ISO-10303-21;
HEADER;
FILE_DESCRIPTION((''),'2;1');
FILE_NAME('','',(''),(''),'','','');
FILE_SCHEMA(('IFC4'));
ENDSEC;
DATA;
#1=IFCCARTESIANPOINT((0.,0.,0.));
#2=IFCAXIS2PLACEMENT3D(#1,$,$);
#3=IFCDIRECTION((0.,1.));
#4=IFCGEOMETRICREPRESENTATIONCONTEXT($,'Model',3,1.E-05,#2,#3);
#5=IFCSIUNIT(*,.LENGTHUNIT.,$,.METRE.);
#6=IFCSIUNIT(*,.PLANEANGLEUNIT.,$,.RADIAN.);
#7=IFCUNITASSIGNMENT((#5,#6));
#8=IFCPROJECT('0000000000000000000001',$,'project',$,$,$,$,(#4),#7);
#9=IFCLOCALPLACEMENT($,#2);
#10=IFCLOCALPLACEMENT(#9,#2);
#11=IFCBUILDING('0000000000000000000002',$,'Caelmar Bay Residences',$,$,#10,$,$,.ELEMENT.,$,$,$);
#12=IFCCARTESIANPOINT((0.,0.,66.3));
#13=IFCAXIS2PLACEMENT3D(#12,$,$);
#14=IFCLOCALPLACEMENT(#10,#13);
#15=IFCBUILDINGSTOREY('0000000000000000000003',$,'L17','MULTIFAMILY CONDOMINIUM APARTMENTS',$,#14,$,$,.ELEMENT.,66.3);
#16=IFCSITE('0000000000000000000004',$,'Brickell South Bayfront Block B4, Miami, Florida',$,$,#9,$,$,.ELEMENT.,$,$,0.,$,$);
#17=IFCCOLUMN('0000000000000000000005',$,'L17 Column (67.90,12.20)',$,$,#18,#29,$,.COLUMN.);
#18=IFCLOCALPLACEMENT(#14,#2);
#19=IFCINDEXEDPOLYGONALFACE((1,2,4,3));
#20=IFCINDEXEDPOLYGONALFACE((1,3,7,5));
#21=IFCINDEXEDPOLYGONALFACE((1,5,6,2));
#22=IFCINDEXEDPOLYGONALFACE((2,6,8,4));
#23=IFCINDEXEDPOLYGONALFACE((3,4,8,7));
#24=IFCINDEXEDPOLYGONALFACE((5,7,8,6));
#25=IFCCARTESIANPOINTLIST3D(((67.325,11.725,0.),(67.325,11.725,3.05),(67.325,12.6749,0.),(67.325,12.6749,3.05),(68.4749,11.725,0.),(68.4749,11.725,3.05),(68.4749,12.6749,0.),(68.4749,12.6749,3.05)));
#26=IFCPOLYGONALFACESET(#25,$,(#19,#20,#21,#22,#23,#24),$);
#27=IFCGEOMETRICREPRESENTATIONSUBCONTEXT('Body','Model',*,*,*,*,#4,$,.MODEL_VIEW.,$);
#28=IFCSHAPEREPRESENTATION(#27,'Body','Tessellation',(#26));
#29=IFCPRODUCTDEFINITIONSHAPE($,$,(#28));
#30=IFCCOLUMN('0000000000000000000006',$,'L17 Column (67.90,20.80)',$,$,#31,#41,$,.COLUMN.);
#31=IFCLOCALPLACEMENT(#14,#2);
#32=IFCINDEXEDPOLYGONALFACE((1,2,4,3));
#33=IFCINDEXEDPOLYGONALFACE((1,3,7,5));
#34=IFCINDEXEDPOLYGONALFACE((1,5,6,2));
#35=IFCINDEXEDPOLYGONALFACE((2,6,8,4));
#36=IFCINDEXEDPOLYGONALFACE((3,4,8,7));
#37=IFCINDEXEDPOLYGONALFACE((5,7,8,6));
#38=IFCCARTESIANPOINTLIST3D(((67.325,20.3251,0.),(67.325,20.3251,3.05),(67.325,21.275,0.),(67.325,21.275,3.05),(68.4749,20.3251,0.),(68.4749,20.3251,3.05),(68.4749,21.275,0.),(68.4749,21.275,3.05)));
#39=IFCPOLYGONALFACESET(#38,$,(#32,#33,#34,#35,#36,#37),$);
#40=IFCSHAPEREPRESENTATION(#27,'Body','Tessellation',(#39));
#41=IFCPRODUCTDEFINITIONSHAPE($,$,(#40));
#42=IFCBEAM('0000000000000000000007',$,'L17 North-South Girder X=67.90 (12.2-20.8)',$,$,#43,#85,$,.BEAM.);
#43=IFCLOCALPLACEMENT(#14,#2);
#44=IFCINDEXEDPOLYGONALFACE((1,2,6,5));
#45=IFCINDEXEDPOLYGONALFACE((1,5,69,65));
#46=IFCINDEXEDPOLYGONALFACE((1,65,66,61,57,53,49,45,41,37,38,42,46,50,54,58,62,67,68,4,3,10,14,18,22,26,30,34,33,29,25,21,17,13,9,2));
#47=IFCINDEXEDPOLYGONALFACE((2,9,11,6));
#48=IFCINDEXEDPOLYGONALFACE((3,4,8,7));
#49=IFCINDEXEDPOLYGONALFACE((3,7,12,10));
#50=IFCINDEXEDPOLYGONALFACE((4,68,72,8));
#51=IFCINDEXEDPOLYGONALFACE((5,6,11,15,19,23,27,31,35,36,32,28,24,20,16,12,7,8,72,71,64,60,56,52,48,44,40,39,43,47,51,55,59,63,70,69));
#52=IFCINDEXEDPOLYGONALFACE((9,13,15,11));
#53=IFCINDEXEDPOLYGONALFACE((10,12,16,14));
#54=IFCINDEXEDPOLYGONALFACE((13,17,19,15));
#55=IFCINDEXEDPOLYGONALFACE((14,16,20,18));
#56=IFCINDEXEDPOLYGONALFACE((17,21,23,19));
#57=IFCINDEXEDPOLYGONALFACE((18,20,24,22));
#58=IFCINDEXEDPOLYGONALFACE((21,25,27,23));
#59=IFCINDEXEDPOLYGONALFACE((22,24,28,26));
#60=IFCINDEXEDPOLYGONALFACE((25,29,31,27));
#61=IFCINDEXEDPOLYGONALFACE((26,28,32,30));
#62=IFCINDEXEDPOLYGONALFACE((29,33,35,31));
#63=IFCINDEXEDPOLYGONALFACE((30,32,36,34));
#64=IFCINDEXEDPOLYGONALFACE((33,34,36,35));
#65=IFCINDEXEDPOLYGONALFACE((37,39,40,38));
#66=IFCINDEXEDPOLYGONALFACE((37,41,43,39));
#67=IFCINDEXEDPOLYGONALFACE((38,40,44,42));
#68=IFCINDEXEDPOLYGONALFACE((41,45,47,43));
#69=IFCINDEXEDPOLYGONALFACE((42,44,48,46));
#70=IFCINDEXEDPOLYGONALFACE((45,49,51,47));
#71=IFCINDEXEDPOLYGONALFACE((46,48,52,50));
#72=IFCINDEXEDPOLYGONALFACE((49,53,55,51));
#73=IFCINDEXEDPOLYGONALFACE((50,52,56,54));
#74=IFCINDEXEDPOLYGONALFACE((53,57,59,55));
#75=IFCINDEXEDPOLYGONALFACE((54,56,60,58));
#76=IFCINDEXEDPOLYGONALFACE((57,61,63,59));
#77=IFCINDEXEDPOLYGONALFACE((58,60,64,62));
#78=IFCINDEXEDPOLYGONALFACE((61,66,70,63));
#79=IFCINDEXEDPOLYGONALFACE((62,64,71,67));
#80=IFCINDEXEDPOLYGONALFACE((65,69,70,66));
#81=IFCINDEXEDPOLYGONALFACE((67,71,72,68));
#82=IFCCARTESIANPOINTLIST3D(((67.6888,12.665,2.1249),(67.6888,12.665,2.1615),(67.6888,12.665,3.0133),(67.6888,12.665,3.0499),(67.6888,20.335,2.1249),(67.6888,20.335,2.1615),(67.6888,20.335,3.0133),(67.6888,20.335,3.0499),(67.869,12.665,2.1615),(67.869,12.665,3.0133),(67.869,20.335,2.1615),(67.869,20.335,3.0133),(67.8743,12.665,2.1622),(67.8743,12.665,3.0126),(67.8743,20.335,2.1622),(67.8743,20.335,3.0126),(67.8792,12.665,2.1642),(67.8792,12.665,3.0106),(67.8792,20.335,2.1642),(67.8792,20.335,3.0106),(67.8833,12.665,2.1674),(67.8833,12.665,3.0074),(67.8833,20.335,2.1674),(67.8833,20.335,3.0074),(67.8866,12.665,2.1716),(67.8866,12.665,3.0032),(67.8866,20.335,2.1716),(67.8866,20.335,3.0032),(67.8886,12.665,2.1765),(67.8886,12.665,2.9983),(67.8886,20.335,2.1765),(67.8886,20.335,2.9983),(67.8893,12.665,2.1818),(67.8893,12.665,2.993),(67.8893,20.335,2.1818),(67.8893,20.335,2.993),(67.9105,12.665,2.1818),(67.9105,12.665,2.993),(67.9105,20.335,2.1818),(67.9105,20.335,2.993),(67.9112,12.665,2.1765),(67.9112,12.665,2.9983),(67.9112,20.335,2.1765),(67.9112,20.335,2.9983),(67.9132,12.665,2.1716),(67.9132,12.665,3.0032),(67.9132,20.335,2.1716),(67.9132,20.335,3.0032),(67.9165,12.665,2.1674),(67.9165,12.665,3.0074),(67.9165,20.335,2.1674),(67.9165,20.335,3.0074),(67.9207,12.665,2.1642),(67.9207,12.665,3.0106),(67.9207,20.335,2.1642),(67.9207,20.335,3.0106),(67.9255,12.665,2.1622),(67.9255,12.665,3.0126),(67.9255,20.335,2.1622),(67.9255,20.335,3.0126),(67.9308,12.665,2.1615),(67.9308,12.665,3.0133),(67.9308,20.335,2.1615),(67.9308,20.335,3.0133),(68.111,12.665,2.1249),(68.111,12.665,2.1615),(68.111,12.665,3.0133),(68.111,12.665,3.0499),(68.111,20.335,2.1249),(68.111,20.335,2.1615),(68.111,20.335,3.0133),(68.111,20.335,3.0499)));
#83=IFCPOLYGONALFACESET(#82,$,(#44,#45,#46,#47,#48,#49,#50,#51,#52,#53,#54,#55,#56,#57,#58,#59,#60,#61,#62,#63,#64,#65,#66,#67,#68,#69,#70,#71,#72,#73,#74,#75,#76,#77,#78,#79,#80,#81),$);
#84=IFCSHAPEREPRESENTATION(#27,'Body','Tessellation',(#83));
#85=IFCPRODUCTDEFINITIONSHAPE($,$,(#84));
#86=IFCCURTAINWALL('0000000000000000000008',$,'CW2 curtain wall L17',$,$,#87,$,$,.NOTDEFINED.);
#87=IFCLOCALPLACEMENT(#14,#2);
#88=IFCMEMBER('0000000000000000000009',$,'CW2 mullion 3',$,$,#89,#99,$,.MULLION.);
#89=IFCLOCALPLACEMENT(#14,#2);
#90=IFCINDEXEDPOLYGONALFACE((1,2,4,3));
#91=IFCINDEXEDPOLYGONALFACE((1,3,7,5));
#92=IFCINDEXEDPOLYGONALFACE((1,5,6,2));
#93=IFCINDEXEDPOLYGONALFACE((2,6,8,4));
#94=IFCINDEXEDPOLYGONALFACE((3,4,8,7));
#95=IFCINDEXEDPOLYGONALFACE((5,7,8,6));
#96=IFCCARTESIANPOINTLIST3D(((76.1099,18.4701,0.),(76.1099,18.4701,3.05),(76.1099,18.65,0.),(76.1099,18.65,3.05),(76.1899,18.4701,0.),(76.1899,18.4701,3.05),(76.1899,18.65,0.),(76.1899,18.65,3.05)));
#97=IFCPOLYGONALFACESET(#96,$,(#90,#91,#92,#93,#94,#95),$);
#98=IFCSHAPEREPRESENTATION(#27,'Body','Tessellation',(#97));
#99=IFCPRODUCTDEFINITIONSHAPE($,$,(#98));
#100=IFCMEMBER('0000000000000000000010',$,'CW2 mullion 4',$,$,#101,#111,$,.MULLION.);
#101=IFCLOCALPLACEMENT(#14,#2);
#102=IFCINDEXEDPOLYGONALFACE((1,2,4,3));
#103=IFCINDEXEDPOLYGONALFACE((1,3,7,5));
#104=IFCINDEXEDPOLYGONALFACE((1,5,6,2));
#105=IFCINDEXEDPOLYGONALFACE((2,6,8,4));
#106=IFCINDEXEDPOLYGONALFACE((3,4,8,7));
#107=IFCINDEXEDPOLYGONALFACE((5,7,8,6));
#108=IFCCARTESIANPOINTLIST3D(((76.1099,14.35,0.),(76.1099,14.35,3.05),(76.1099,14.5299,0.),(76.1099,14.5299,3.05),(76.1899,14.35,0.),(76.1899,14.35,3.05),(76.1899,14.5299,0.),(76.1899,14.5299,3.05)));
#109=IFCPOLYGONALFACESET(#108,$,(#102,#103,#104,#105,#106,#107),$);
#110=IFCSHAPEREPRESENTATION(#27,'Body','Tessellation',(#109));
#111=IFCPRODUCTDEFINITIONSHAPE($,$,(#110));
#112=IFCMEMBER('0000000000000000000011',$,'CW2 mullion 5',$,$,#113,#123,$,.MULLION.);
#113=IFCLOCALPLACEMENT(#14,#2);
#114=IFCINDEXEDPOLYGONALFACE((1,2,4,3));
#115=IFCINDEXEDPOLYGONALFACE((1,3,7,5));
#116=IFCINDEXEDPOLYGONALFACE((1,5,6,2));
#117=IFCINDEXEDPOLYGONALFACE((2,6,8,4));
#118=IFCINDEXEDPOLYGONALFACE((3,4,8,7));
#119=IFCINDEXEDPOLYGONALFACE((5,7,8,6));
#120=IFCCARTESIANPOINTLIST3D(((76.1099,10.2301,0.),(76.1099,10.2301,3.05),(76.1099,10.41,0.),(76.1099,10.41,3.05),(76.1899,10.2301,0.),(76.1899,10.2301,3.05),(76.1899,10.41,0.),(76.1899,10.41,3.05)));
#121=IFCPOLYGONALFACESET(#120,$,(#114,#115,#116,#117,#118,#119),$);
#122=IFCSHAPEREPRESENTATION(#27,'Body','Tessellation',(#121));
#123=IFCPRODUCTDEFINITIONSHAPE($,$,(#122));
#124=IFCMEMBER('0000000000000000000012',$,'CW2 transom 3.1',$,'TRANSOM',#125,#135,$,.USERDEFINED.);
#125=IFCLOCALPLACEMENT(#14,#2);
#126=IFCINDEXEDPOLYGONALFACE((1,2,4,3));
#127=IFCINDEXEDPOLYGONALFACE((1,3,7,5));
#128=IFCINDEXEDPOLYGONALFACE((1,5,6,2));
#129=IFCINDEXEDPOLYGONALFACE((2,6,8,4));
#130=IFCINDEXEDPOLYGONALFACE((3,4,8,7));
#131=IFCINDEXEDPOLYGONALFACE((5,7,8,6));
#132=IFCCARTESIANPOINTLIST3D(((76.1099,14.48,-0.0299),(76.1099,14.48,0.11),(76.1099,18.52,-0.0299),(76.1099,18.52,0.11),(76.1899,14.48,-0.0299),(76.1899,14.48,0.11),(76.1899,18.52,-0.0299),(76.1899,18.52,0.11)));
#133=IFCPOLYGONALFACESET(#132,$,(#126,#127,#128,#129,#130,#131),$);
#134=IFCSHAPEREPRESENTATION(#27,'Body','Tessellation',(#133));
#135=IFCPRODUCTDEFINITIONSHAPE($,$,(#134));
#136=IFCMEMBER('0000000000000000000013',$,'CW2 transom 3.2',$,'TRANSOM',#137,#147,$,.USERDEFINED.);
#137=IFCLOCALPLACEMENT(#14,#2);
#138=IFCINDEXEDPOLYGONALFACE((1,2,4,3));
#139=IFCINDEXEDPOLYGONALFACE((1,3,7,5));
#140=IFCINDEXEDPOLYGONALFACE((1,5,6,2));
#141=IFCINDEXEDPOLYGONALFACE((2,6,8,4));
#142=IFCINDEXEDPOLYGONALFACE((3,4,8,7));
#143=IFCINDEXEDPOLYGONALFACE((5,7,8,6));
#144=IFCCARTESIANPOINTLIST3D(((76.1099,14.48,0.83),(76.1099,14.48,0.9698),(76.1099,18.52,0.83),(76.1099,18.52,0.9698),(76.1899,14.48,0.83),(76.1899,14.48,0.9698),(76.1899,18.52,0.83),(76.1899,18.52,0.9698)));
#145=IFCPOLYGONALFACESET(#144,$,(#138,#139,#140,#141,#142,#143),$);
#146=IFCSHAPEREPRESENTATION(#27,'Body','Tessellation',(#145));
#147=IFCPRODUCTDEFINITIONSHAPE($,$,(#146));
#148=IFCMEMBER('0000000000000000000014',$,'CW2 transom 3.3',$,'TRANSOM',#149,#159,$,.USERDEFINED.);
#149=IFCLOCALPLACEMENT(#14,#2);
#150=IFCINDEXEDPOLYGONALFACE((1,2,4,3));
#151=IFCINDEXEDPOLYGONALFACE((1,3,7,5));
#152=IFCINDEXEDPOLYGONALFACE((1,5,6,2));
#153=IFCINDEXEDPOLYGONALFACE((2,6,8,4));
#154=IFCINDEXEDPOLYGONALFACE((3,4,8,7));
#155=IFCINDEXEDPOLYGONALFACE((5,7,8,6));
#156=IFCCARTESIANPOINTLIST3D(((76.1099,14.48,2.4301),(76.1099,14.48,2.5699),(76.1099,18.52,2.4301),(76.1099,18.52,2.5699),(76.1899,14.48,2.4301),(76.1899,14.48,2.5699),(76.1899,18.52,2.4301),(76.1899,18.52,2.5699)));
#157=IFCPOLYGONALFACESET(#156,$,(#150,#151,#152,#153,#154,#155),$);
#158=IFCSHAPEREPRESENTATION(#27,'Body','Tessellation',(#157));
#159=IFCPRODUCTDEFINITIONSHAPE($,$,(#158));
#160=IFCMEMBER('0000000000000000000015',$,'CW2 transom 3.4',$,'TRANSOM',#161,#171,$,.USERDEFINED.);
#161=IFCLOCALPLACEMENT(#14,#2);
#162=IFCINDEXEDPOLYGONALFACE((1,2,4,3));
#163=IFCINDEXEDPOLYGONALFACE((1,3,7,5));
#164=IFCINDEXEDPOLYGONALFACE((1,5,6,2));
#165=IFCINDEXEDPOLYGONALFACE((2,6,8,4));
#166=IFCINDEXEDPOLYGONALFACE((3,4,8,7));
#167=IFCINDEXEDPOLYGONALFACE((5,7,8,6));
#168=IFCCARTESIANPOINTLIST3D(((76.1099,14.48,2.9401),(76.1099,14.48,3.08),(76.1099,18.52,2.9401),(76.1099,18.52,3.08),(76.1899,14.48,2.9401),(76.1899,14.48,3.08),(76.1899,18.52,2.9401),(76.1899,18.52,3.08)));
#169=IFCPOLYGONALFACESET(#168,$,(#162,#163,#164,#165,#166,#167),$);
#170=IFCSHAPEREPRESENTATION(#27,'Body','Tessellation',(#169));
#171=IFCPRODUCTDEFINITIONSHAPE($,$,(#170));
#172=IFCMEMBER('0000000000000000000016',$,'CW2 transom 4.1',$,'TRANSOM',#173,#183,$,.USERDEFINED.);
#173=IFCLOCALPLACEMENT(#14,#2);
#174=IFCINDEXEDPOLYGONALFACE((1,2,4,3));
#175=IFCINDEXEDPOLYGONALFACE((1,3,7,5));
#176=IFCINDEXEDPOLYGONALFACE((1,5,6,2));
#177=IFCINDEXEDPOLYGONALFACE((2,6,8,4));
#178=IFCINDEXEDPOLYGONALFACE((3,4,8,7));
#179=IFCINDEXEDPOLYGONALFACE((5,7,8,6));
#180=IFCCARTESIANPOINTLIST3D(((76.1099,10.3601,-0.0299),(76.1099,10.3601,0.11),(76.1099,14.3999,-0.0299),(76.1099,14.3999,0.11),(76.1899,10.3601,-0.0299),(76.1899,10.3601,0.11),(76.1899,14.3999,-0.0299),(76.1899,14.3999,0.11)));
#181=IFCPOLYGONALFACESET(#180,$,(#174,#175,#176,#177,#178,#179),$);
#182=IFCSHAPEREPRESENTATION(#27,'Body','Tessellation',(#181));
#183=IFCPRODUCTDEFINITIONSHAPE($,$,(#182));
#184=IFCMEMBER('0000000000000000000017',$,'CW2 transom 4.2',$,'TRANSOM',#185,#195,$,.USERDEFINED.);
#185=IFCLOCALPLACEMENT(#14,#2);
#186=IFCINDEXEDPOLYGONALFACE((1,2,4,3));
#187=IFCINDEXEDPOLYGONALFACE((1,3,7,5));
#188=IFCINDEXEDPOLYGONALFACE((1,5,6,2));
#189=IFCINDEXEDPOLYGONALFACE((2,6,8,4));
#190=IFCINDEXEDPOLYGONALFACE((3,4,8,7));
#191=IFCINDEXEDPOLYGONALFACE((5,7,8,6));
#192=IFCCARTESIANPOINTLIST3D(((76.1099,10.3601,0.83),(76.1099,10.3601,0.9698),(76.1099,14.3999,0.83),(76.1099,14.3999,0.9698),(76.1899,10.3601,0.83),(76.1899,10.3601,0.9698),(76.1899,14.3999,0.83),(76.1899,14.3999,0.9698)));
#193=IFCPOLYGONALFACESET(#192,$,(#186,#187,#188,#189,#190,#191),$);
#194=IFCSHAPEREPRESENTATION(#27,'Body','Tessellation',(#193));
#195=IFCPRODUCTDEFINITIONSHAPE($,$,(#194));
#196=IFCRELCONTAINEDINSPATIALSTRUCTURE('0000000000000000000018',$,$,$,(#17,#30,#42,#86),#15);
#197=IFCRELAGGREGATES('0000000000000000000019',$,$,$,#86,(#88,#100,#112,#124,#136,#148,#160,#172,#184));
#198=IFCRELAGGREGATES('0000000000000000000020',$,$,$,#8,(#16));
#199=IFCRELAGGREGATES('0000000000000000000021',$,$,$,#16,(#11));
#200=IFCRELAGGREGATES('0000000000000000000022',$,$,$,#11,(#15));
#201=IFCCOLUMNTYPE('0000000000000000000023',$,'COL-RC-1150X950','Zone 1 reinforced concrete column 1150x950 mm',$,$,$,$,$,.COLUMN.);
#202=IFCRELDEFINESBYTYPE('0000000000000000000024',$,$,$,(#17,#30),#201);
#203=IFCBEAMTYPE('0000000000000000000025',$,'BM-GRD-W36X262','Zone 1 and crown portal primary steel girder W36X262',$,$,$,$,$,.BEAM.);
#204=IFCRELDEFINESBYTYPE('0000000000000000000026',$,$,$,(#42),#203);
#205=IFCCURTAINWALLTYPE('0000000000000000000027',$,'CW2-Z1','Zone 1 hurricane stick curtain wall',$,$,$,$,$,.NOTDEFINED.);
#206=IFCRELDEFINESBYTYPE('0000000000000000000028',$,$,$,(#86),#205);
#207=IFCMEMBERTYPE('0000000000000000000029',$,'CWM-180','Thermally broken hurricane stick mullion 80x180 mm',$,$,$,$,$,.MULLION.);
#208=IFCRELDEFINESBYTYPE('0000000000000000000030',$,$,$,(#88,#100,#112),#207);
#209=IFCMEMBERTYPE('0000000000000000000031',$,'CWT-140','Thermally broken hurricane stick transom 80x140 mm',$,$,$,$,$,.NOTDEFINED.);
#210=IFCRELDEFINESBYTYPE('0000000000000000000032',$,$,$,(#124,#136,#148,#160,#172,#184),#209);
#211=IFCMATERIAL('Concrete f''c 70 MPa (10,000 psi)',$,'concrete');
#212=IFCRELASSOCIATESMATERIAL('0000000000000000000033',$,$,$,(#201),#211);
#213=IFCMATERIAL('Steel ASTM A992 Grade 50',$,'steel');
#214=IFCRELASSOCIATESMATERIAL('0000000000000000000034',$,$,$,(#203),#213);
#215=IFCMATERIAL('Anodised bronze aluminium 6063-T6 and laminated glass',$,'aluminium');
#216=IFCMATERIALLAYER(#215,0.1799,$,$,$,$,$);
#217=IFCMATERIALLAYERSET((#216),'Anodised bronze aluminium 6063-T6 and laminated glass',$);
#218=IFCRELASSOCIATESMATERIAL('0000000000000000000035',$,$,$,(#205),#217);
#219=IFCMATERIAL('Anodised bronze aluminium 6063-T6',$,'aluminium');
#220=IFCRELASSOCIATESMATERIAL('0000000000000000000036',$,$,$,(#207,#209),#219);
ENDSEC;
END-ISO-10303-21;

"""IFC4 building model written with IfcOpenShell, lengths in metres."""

from ifc_helpers import new_model, si_unit, direction, frame, origin, origin_2d, place, context, subcontext, project, spatial, rectangle, i_section, extrude, material, layer, layer_set, material_profile, profile_set, type_object, element, aggregate, save


model = new_model("IFC4")

# Units and contexts
model_context = context("Model", 3, precision=1e-05, world=origin(), true_north=direction((0.0, 1.0)))
body_context = subcontext(model_context, "Body", "Model", "MODEL_VIEW")
ifc_project = project(units=[si_unit("LENGTHUNIT", "METRE"), si_unit("PLANEANGLEUNIT", "RADIAN")], contexts=[model_context])

# Site, building, storey
site_placement = place(None, origin())
site = spatial("IfcSite", under=ifc_project, at=site_placement, Name="Brickell South Bayfront Block B4, Miami, Florida", CompositionType="ELEMENT", RefElevation=0.0)
building_placement = place(site_placement, origin())
building = spatial("IfcBuilding", under=site, at=building_placement, Name="Caelmar Bay Residences", CompositionType="ELEMENT")
storey_placement = place(building_placement, frame((0.0, 0.0, 66.3)))
storey = spatial("IfcBuildingStorey", under=building, at=storey_placement, Name="L17", Description="MULTIFAMILY CONDOMINIUM APARTMENTS", CompositionType="ELEMENT", Elevation=66.3)

# Columns
ifc_material_1 = material(Name="Concrete f'c 70 MPa (10,000 psi)", Category="concrete")
ifc_material_profile_1 = material_profile(ifc_material_1, rectangle(XDim=1.1499, YDim=0.95, at=origin_2d()), Name="RC-COL-1150X950")
ifc_profile_set_1 = profile_set([ifc_material_profile_1], Name="Concrete f'c 70 MPa (10,000 psi)")
column_type = type_object("IfcColumnType", Name="COL-RC-1150X950", Description="Zone 1 reinforced concrete column 1150x950 mm", PredefinedType="COLUMN", material=ifc_profile_set_1)
for number, where, z_axis, x_axis, name in (
    (1, (67.8999, 12.2, 0.0), (0.0, 0.0, 1.0), (1.0, 0.0, 0.0), "L17 Column (67.90,12.20)"),
    (2, (67.8999, 20.8, 0.0), (0.0, 0.0, 1.0), (1.0, 0.0, 0.0), "L17 Column (67.90,20.80)"),
):
    element("IfcColumn", number, at=place(storey_placement, frame(where, z_axis=z_axis, x_axis=x_axis)), inside=storey, type_object=column_type, Name=name, PredefinedType="COLUMN", context=body_context, shape_type="SweptSolid", body=[
        extrude(rectangle(XDim=1.1499, YDim=0.95, at=origin_2d()), origin(), (0.0, 0.0, 1.0), 3.05),
    ])

# Beam
ifc_material_2 = material(Name="Steel ASTM A992 Grade 50", Category="steel")
ifc_material_profile_2 = material_profile(ifc_material_2, i_section(OverallWidth=0.4221, OverallDepth=0.925, WebThickness=0.0212, FlangeThickness=0.0366, FilletRadius=0.0203, at=origin_2d()), Name="W36X262")
ifc_profile_set_2 = profile_set([ifc_material_profile_2], Name="Steel ASTM A992 Grade 50")
beam_type = type_object("IfcBeamType", Name="BM-GRD-W36X262", Description="Zone 1 and crown portal primary steel girder W36X262", PredefinedType="BEAM", material=ifc_profile_set_2)
beam_placement = place(storey_placement, frame((67.8999, 12.665, 2.5874), z_axis=(0.0, 1.0, 0.0), x_axis=(-1.0, 0.0, 0.0)))
element("IfcBeam", 3, at=beam_placement, inside=storey, type_object=beam_type, Name="L17 North-South Girder X=67.90 (12.2-20.8)", PredefinedType="BEAM", context=body_context, shape_type="SweptSolid", body=[
    extrude(i_section(OverallWidth=0.4221, OverallDepth=0.925, WebThickness=0.0212, FlangeThickness=0.0366, FilletRadius=0.0203, at=origin_2d()), origin(), (0.0, 0.0, 1.0), 7.6699),
])

# Curtain wall, members
ifc_material_3 = material(Name="Anodised bronze aluminium 6063-T6 and laminated glass", Category="aluminium")
ifc_layer_1 = layer(ifc_material_3, 0.1799)
ifc_layer_set_1 = layer_set([ifc_layer_1], Name="Anodised bronze aluminium 6063-T6 and laminated glass")
curtain_wall_type = type_object("IfcCurtainWallType", Name="CW2-Z1", Description="Zone 1 hurricane stick curtain wall", PredefinedType="NOTDEFINED", material=ifc_layer_set_1)
curtain_wall_placement = place(storey_placement, origin())
curtain_wall = element("IfcCurtainWall", 4, at=curtain_wall_placement, inside=storey, type_object=curtain_wall_type, Name="CW2 curtain wall L17", PredefinedType="NOTDEFINED")
ifc_material_4 = material(Name="Anodised bronze aluminium 6063-T6", Category="aluminium")
ifc_material_profile_3 = material_profile(ifc_material_4, rectangle(XDim=0.0801, YDim=0.1799, at=origin_2d()), Name="CWM-80X180")
ifc_profile_set_3 = profile_set([ifc_material_profile_3], Name="Anodised bronze aluminium 6063-T6")
member_type_1 = type_object("IfcMemberType", Name="CWM-180", Description="Thermally broken hurricane stick mullion 80x180 mm", PredefinedType="MULLION", material=ifc_profile_set_3)
member_1_placement = place(storey_placement, frame((76.1499, 18.5601, 0.0), z_axis=(0.0, 0.0, 1.0), x_axis=(1.0, 0.0, 0.0)))
member_1 = element("IfcMember", 5, at=member_1_placement, type_object=member_type_1, Name="CW2 mullion 3", PredefinedType="MULLION", context=body_context, shape_type="SweptSolid", body=[
    extrude(rectangle(XDim=0.0801, YDim=0.1799, at=origin_2d()), origin(), (0.0, 0.0, 1.0), 3.05),
])
member_2_placement = place(storey_placement, frame((76.1499, 14.4399, 0.0), z_axis=(0.0, 0.0, 1.0), x_axis=(1.0, 0.0, 0.0)))
member_2 = element("IfcMember", 6, at=member_2_placement, type_object=member_type_1, Name="CW2 mullion 4", PredefinedType="MULLION", context=body_context, shape_type="SweptSolid", body=[
    extrude(rectangle(XDim=0.0801, YDim=0.1799, at=origin_2d()), origin(), (0.0, 0.0, 1.0), 3.05),
])
member_3_placement = place(storey_placement, frame((76.1499, 10.3201, 0.0), z_axis=(0.0, 0.0, 1.0), x_axis=(1.0, 0.0, 0.0)))
member_3 = element("IfcMember", 7, at=member_3_placement, type_object=member_type_1, Name="CW2 mullion 5", PredefinedType="MULLION", context=body_context, shape_type="SweptSolid", body=[
    extrude(rectangle(XDim=0.0801, YDim=0.1799, at=origin_2d()), origin(), (0.0, 0.0, 1.0), 3.05),
])
ifc_material_profile_4 = material_profile(ifc_material_4, rectangle(XDim=0.0801, YDim=0.1399, at=origin_2d()), Name="CWT-80X140")
ifc_profile_set_4 = profile_set([ifc_material_profile_4], Name="Anodised bronze aluminium 6063-T6")
member_type_2 = type_object("IfcMemberType", Name="CWT-140", Description="Thermally broken hurricane stick transom 80x140 mm", PredefinedType="NOTDEFINED", material=ifc_profile_set_4)
member_4_placement = place(storey_placement, frame((76.1499, 18.52, 0.04), z_axis=(0.0, -1.0, 0.0), x_axis=(1.0, 0.0, 0.0)))
member_4 = element("IfcMember", 8, at=member_4_placement, type_object=member_type_2, Name="CW2 transom 3.1", ObjectType="TRANSOM", PredefinedType="USERDEFINED", context=body_context, shape_type="SweptSolid", body=[
    extrude(rectangle(XDim=0.0801, YDim=0.1399, at=origin_2d()), origin(), (0.0, 0.0, 1.0), 4.04),
])
member_5_placement = place(storey_placement, frame((76.1499, 18.52, 0.8999), z_axis=(0.0, -1.0, 0.0), x_axis=(1.0, 0.0, 0.0)))
member_5 = element("IfcMember", 9, at=member_5_placement, type_object=member_type_2, Name="CW2 transom 3.2", ObjectType="TRANSOM", PredefinedType="USERDEFINED", context=body_context, shape_type="SweptSolid", body=[
    extrude(rectangle(XDim=0.0801, YDim=0.1399, at=origin_2d()), origin(), (0.0, 0.0, 1.0), 4.04),
])
member_6_placement = place(storey_placement, frame((76.1499, 18.52, 2.5), z_axis=(0.0, -1.0, 0.0), x_axis=(1.0, 0.0, 0.0)))
member_6 = element("IfcMember", 10, at=member_6_placement, type_object=member_type_2, Name="CW2 transom 3.3", ObjectType="TRANSOM", PredefinedType="USERDEFINED", context=body_context, shape_type="SweptSolid", body=[
    extrude(rectangle(XDim=0.0801, YDim=0.1399, at=origin_2d()), origin(), (0.0, 0.0, 1.0), 4.04),
])
member_7_placement = place(storey_placement, frame((76.1499, 18.52, 3.01), z_axis=(0.0, -1.0, 0.0), x_axis=(1.0, 0.0, 0.0)))
member_7 = element("IfcMember", 11, at=member_7_placement, type_object=member_type_2, Name="CW2 transom 3.4", ObjectType="TRANSOM", PredefinedType="USERDEFINED", context=body_context, shape_type="SweptSolid", body=[
    extrude(rectangle(XDim=0.0801, YDim=0.1399, at=origin_2d()), origin(), (0.0, 0.0, 1.0), 4.04),
])
member_8_placement = place(storey_placement, frame((76.1499, 14.3999, 0.04), z_axis=(0.0, -1.0, 0.0), x_axis=(1.0, 0.0, 0.0)))
member_8 = element("IfcMember", 12, at=member_8_placement, type_object=member_type_2, Name="CW2 transom 4.1", ObjectType="TRANSOM", PredefinedType="USERDEFINED", context=body_context, shape_type="SweptSolid", body=[
    extrude(rectangle(XDim=0.0801, YDim=0.1399, at=origin_2d()), origin(), (0.0, 0.0, 1.0), 4.0398),
])
member_9_placement = place(storey_placement, frame((76.1499, 14.3999, 0.8999), z_axis=(0.0, -1.0, 0.0), x_axis=(1.0, 0.0, 0.0)))
member_9 = element("IfcMember", 13, at=member_9_placement, type_object=member_type_2, Name="CW2 transom 4.2", ObjectType="TRANSOM", PredefinedType="USERDEFINED", context=body_context, shape_type="SweptSolid", body=[
    extrude(rectangle(XDim=0.0801, YDim=0.1399, at=origin_2d()), origin(), (0.0, 0.0, 1.0), 4.0398),
])
aggregate(curtain_wall, [member_1, member_2, member_3, member_4, member_5, member_6, member_7, member_8, member_9])

save(model, "model.ifc")
